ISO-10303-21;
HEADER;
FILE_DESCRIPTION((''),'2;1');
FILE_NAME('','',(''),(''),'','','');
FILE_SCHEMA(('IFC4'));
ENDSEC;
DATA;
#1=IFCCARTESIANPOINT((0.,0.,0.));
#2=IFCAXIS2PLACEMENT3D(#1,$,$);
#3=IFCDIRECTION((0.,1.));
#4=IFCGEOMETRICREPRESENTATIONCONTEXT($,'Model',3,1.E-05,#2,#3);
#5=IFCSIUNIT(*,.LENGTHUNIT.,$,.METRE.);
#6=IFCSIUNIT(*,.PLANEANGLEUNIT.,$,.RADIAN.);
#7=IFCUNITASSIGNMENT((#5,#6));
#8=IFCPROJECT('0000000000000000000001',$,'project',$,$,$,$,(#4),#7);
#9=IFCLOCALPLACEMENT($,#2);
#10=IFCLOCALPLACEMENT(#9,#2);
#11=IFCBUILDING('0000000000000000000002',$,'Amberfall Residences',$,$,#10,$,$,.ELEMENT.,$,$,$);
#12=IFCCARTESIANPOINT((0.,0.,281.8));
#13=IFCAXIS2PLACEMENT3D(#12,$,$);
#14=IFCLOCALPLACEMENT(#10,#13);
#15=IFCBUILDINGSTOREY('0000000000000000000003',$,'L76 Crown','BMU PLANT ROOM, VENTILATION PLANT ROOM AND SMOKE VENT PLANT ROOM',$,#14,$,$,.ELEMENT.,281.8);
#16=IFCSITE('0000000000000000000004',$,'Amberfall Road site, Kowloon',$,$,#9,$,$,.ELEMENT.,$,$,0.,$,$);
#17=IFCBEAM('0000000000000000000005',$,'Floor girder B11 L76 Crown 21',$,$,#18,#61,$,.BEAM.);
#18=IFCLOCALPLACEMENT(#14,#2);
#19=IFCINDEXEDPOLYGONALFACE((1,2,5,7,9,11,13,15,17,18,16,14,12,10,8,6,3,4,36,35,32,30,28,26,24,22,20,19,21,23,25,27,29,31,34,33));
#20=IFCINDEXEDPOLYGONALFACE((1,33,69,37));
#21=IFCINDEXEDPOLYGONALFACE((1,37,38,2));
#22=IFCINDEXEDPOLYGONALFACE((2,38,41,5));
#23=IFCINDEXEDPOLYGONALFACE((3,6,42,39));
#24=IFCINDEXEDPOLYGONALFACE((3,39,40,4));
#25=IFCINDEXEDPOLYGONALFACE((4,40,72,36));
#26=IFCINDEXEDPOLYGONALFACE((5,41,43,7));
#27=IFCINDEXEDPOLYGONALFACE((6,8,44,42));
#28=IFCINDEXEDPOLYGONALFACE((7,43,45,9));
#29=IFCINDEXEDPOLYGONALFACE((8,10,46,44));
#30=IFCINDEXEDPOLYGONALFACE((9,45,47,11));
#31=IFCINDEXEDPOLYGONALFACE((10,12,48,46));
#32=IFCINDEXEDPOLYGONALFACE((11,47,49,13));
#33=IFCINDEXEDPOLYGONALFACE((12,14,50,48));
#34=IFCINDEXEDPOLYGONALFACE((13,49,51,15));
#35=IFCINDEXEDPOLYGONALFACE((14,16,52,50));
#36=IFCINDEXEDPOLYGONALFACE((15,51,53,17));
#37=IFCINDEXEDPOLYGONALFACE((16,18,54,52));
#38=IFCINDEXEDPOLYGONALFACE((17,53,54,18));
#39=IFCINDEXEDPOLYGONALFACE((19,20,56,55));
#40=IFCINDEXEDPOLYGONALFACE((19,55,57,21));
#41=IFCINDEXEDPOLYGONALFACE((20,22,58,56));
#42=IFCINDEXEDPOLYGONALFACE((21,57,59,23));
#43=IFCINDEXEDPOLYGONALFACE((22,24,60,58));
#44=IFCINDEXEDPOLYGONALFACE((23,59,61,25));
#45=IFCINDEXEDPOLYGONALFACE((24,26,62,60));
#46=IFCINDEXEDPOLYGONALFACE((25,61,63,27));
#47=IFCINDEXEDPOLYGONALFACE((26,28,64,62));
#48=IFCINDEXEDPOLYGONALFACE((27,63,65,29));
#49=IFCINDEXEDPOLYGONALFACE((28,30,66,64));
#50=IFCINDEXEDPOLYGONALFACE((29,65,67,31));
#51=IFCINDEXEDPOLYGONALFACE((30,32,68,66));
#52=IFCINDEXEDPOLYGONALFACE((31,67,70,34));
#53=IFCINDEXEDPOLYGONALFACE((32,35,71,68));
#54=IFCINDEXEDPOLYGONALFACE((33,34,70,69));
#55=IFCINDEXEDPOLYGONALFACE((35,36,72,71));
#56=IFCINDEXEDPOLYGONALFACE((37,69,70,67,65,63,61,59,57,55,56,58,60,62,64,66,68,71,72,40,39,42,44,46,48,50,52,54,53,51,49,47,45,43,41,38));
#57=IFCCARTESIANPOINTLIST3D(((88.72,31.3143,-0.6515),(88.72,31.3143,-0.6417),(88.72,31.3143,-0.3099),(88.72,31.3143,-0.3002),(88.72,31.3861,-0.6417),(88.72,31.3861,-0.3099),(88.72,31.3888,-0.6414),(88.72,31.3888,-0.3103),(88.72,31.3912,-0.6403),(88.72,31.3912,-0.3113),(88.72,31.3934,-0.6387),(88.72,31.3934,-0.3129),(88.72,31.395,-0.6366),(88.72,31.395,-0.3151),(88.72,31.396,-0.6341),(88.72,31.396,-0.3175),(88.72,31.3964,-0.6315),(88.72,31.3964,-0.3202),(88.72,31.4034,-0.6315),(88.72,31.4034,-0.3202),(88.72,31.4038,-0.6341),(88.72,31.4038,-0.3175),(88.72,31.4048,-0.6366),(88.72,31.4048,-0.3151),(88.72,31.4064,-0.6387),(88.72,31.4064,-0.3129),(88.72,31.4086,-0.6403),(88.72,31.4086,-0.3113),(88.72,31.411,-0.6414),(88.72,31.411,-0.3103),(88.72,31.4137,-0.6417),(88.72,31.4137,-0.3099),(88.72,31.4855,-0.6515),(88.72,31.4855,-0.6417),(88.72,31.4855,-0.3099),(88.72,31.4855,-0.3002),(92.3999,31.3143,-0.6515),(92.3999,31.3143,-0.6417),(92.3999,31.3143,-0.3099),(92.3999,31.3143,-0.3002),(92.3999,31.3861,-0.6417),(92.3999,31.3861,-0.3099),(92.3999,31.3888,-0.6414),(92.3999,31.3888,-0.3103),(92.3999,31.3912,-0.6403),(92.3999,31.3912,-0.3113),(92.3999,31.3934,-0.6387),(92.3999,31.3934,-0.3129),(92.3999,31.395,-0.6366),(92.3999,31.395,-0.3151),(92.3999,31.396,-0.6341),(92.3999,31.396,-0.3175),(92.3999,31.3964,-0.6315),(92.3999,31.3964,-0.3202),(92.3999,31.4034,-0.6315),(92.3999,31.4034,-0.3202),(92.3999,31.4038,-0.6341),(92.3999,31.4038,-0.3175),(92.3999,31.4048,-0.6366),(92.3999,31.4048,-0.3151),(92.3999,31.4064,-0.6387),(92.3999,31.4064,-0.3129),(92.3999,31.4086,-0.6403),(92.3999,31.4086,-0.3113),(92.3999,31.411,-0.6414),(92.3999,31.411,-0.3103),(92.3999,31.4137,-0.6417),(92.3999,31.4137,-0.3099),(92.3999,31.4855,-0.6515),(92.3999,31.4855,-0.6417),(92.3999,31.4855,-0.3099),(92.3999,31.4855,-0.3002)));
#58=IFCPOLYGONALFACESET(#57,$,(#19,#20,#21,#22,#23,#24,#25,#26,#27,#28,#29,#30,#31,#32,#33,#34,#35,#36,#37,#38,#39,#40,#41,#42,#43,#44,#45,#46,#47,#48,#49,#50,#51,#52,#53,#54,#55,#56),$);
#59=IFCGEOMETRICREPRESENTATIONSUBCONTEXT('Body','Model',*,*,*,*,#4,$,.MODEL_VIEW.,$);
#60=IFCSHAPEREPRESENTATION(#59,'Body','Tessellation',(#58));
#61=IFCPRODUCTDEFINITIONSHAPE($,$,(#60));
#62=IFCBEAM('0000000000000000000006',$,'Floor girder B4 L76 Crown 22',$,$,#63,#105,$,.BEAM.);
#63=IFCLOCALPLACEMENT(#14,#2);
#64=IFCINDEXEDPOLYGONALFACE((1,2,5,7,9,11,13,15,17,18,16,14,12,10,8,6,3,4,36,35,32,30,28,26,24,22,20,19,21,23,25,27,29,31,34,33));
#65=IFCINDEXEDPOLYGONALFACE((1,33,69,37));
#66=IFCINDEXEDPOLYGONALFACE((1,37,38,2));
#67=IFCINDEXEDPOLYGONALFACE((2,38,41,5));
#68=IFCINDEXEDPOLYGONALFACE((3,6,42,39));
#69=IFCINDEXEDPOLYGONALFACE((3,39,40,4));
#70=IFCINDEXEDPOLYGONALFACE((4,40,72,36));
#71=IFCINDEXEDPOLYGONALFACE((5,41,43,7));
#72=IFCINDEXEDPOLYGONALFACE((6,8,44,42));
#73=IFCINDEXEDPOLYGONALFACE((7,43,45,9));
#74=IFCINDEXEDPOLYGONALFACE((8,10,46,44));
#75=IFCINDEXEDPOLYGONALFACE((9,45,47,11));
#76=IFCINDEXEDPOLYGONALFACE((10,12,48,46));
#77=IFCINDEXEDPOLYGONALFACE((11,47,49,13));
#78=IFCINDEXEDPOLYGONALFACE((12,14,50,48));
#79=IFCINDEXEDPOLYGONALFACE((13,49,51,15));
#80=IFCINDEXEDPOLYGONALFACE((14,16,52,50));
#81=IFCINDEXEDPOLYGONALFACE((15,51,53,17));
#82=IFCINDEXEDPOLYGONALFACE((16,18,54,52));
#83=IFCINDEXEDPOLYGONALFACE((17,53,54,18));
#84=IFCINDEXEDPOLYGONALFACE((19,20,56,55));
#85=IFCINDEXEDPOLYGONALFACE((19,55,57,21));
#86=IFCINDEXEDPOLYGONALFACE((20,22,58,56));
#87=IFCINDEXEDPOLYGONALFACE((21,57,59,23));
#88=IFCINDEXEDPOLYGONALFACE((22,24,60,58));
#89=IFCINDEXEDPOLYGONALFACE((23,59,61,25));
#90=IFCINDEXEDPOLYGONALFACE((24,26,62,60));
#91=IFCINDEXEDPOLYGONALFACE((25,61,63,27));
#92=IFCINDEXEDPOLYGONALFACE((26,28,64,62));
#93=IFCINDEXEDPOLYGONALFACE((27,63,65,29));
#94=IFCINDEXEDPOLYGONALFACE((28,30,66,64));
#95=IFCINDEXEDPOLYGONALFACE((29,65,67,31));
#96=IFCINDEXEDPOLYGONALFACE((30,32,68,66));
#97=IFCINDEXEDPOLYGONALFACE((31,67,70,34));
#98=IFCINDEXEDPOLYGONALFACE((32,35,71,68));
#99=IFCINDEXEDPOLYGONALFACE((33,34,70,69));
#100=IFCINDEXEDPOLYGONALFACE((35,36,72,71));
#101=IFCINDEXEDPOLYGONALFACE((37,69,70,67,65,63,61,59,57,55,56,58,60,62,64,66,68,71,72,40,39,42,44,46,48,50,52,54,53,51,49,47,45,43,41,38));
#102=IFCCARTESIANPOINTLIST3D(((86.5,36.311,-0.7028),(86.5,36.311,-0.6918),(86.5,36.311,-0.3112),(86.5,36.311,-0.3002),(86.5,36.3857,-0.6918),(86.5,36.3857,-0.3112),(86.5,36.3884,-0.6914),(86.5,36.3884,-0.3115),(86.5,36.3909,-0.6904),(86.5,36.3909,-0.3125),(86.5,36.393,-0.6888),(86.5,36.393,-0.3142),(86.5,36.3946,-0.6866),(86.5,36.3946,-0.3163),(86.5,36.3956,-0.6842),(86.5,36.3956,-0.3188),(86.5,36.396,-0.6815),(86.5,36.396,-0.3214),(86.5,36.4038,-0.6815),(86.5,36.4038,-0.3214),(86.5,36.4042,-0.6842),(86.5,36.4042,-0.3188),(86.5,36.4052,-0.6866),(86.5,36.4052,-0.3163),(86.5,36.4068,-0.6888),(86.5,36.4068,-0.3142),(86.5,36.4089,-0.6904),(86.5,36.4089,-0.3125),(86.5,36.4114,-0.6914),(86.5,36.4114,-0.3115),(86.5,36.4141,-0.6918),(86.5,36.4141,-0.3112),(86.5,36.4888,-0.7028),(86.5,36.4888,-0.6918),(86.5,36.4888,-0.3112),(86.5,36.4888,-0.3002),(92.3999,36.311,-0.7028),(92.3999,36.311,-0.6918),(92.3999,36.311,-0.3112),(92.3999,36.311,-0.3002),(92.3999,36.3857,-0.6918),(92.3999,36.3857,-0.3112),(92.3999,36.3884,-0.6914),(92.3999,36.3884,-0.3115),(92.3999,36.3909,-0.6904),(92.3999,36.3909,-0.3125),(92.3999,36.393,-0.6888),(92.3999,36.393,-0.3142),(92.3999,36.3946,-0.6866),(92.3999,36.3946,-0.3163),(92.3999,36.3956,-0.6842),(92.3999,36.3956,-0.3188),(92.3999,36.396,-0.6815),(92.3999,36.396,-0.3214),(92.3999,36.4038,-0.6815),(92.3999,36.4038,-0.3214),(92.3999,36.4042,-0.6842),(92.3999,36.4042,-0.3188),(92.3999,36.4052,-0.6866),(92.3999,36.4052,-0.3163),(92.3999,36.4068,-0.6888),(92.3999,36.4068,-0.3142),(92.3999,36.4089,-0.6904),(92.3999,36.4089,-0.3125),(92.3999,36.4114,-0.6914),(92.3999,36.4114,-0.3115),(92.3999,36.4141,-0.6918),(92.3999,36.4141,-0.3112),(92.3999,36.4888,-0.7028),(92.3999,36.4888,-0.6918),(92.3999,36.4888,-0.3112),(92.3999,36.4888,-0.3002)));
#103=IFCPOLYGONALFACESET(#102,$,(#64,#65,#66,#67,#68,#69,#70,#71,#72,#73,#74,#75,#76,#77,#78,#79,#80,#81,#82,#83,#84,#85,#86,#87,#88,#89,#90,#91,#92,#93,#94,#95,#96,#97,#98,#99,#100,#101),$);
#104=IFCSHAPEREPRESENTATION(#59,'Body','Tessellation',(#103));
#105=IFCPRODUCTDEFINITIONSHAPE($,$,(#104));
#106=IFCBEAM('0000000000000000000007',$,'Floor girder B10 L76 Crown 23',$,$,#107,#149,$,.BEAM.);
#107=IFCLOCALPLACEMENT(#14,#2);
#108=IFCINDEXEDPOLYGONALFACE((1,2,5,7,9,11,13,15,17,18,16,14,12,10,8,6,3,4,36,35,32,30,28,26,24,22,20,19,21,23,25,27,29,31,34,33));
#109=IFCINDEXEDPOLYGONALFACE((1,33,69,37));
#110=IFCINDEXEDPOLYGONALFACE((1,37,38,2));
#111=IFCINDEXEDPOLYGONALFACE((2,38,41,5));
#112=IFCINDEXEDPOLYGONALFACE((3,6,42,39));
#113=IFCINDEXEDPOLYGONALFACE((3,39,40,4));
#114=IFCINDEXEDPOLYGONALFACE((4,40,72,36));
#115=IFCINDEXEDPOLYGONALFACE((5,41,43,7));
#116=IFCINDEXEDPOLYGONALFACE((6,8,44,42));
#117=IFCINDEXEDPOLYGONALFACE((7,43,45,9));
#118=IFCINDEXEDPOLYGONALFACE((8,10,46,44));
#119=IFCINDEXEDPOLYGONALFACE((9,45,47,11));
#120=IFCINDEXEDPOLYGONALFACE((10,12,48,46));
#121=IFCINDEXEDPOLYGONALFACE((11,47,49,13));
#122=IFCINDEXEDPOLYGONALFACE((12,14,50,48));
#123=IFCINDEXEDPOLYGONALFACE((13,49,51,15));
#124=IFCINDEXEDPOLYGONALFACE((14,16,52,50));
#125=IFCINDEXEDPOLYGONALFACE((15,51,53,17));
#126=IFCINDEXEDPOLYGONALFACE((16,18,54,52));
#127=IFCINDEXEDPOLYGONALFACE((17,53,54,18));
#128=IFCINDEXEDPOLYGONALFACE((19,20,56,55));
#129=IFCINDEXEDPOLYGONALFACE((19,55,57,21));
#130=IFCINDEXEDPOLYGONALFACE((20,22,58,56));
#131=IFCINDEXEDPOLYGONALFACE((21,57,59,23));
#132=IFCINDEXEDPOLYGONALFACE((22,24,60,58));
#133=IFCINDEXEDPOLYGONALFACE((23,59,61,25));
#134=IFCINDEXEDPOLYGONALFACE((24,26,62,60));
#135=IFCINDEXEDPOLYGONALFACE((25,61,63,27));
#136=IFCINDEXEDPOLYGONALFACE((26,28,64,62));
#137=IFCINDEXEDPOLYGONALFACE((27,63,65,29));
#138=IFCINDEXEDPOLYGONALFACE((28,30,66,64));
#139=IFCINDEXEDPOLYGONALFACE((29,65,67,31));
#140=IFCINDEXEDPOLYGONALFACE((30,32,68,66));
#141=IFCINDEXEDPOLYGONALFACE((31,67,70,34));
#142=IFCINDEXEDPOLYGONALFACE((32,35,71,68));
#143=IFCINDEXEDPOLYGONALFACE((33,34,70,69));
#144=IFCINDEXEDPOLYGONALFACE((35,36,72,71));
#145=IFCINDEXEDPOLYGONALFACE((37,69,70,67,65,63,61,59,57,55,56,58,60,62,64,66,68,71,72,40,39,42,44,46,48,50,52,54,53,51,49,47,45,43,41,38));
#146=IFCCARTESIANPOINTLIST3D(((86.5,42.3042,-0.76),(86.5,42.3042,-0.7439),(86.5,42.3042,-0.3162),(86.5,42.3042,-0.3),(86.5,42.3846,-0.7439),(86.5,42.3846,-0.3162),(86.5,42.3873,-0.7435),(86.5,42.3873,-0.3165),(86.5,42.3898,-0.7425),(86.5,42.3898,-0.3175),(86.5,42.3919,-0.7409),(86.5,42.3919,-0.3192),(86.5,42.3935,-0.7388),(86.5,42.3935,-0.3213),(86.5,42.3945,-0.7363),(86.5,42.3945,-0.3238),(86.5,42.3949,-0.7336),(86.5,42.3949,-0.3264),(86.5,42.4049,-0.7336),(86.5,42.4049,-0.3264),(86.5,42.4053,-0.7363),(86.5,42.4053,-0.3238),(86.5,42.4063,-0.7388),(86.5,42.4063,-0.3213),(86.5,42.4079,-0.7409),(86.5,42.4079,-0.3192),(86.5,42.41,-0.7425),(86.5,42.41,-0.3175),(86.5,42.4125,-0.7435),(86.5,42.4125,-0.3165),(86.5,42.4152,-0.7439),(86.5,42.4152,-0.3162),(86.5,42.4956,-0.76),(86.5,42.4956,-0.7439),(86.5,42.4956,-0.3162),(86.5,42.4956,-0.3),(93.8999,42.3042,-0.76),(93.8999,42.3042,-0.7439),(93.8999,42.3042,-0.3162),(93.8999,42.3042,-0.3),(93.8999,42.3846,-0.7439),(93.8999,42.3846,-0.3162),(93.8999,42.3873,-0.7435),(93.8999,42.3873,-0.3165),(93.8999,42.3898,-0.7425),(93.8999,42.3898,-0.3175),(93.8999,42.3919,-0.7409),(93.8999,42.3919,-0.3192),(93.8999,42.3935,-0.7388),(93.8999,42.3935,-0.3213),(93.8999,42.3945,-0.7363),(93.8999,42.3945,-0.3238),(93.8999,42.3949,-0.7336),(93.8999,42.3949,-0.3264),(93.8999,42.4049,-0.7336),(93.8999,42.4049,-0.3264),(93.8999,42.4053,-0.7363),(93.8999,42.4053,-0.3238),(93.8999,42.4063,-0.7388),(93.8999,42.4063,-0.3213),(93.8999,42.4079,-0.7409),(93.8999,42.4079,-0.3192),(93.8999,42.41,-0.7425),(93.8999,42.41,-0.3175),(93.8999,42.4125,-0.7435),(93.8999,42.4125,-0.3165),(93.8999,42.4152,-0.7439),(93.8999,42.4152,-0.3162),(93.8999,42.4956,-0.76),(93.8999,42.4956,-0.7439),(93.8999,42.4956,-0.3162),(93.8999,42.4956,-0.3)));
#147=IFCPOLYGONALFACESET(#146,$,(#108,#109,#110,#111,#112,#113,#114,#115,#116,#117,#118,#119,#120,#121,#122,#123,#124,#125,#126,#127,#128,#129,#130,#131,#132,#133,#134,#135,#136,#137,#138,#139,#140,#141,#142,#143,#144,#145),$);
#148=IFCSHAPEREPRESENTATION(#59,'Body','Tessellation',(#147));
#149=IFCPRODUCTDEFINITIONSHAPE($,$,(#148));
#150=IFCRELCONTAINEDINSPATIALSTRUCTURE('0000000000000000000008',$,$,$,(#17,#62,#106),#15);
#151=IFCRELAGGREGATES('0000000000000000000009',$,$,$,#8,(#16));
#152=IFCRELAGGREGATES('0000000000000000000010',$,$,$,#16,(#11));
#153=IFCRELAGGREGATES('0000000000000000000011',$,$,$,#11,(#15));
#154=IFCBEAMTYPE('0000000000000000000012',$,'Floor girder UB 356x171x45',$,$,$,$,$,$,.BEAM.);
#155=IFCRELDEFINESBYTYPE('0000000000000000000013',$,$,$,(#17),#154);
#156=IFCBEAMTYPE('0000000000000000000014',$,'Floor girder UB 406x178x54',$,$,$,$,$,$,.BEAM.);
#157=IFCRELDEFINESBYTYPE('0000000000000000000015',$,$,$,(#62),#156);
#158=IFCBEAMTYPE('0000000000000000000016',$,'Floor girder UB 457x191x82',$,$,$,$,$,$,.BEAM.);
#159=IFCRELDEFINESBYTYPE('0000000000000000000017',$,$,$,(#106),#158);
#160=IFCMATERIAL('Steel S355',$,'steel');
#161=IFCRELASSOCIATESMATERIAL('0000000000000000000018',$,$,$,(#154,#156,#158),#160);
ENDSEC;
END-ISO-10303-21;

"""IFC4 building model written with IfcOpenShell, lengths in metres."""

from ifc_helpers import new_model, si_unit, direction, frame, origin, origin_2d, place, context, subcontext, project, spatial, i_section, extrude, material, material_profile, profile_set, type_object, element, save


model = new_model("IFC4")

# Units and contexts
model_context = context("Model", 3, precision=1e-05, world=origin(), true_north=direction((0.0, 1.0)))
body_context = subcontext(model_context, "Body", "Model", "MODEL_VIEW")
ifc_project = project(units=[si_unit("LENGTHUNIT", "METRE"), si_unit("PLANEANGLEUNIT", "RADIAN")], contexts=[model_context])

# Site, building, storey
site_placement = place(None, origin())
site = spatial("IfcSite", under=ifc_project, at=site_placement, Name="Amberfall Road site, Kowloon", CompositionType="ELEMENT", RefElevation=0.0)
building_placement = place(site_placement, origin())
building = spatial("IfcBuilding", under=site, at=building_placement, Name="Amberfall Residences", CompositionType="ELEMENT")
storey_placement = place(building_placement, frame((0.0, 0.0, 281.8)))
storey = spatial("IfcBuildingStorey", under=building, at=storey_placement, Name="L76 Crown", Description="BMU PLANT ROOM, VENTILATION PLANT ROOM AND SMOKE VENT PLANT ROOM", CompositionType="ELEMENT", Elevation=281.8)

# Beams
ifc_material_1 = material(Name="Steel S355", Category="steel")
ifc_material_profile_1 = material_profile(ifc_material_1, i_section(OverallWidth=0.1711, OverallDepth=0.3513, WebThickness=0.0071, FlangeThickness=0.0098, FilletRadius=0.0103, at=origin_2d()), Name="UB 356x171x45")
ifc_profile_set_1 = profile_set([ifc_material_profile_1], Name="Steel S355")
beam_type_1 = type_object("IfcBeamType", Name="Floor girder UB 356x171x45", PredefinedType="BEAM", material=ifc_profile_set_1)
beam_1_placement = place(storey_placement, frame((92.3999, 31.3999, -0.4758), z_axis=(-1.0, 0.0, 0.0), x_axis=(0.0, -1.0, 0.0)))
element("IfcBeam", 1, at=beam_1_placement, inside=storey, type_object=beam_type_1, Name="Floor girder B11 L76 Crown 21", PredefinedType="BEAM", context=body_context, shape_type="SweptSolid", body=[
    extrude(i_section(OverallWidth=0.1711, OverallDepth=0.3513, WebThickness=0.0071, FlangeThickness=0.0098, FilletRadius=0.0103, at=origin_2d()), origin(), (0.0, 0.0, 1.0), 3.6799),
])
ifc_material_profile_2 = material_profile(ifc_material_1, i_section(OverallWidth=0.1777, OverallDepth=0.4026, WebThickness=0.0078, FlangeThickness=0.011, FilletRadius=0.0103, at=origin_2d()), Name="UB 406x178x54")
ifc_profile_set_2 = profile_set([ifc_material_profile_2], Name="Steel S355")
beam_type_2 = type_object("IfcBeamType", Name="Floor girder UB 406x178x54", PredefinedType="BEAM", material=ifc_profile_set_2)
beam_2_placement = place(storey_placement, frame((92.3999, 36.3999, -0.5015), z_axis=(-1.0, 0.0, 0.0), x_axis=(0.0, -1.0, 0.0)))
element("IfcBeam", 2, at=beam_2_placement, inside=storey, type_object=beam_type_2, Name="Floor girder B4 L76 Crown 22", PredefinedType="BEAM", context=body_context, shape_type="SweptSolid", body=[
    extrude(i_section(OverallWidth=0.1777, OverallDepth=0.4026, WebThickness=0.0078, FlangeThickness=0.011, FilletRadius=0.0103, at=origin_2d()), origin(), (0.0, 0.0, 1.0), 5.8999),
])
ifc_material_profile_3 = material_profile(ifc_material_1, i_section(OverallWidth=0.1914, OverallDepth=0.46, WebThickness=0.01, FlangeThickness=0.0161, FilletRadius=0.0103, at=origin_2d()), Name="UB 457x191x82")
ifc_profile_set_3 = profile_set([ifc_material_profile_3], Name="Steel S355")
beam_type_3 = type_object("IfcBeamType", Name="Floor girder UB 457x191x82", PredefinedType="BEAM", material=ifc_profile_set_3)
beam_3_placement = place(storey_placement, frame((93.8999, 42.3999, -0.53), z_axis=(-1.0, 0.0, 0.0), x_axis=(0.0, -1.0, 0.0)))
element("IfcBeam", 3, at=beam_3_placement, inside=storey, type_object=beam_type_3, Name="Floor girder B10 L76 Crown 23", PredefinedType="BEAM", context=body_context, shape_type="SweptSolid", body=[
    extrude(i_section(OverallWidth=0.1914, OverallDepth=0.46, WebThickness=0.01, FlangeThickness=0.0161, FilletRadius=0.0103, at=origin_2d()), origin(), (0.0, 0.0, 1.0), 7.3999),
])

save(model, "model.ifc")
